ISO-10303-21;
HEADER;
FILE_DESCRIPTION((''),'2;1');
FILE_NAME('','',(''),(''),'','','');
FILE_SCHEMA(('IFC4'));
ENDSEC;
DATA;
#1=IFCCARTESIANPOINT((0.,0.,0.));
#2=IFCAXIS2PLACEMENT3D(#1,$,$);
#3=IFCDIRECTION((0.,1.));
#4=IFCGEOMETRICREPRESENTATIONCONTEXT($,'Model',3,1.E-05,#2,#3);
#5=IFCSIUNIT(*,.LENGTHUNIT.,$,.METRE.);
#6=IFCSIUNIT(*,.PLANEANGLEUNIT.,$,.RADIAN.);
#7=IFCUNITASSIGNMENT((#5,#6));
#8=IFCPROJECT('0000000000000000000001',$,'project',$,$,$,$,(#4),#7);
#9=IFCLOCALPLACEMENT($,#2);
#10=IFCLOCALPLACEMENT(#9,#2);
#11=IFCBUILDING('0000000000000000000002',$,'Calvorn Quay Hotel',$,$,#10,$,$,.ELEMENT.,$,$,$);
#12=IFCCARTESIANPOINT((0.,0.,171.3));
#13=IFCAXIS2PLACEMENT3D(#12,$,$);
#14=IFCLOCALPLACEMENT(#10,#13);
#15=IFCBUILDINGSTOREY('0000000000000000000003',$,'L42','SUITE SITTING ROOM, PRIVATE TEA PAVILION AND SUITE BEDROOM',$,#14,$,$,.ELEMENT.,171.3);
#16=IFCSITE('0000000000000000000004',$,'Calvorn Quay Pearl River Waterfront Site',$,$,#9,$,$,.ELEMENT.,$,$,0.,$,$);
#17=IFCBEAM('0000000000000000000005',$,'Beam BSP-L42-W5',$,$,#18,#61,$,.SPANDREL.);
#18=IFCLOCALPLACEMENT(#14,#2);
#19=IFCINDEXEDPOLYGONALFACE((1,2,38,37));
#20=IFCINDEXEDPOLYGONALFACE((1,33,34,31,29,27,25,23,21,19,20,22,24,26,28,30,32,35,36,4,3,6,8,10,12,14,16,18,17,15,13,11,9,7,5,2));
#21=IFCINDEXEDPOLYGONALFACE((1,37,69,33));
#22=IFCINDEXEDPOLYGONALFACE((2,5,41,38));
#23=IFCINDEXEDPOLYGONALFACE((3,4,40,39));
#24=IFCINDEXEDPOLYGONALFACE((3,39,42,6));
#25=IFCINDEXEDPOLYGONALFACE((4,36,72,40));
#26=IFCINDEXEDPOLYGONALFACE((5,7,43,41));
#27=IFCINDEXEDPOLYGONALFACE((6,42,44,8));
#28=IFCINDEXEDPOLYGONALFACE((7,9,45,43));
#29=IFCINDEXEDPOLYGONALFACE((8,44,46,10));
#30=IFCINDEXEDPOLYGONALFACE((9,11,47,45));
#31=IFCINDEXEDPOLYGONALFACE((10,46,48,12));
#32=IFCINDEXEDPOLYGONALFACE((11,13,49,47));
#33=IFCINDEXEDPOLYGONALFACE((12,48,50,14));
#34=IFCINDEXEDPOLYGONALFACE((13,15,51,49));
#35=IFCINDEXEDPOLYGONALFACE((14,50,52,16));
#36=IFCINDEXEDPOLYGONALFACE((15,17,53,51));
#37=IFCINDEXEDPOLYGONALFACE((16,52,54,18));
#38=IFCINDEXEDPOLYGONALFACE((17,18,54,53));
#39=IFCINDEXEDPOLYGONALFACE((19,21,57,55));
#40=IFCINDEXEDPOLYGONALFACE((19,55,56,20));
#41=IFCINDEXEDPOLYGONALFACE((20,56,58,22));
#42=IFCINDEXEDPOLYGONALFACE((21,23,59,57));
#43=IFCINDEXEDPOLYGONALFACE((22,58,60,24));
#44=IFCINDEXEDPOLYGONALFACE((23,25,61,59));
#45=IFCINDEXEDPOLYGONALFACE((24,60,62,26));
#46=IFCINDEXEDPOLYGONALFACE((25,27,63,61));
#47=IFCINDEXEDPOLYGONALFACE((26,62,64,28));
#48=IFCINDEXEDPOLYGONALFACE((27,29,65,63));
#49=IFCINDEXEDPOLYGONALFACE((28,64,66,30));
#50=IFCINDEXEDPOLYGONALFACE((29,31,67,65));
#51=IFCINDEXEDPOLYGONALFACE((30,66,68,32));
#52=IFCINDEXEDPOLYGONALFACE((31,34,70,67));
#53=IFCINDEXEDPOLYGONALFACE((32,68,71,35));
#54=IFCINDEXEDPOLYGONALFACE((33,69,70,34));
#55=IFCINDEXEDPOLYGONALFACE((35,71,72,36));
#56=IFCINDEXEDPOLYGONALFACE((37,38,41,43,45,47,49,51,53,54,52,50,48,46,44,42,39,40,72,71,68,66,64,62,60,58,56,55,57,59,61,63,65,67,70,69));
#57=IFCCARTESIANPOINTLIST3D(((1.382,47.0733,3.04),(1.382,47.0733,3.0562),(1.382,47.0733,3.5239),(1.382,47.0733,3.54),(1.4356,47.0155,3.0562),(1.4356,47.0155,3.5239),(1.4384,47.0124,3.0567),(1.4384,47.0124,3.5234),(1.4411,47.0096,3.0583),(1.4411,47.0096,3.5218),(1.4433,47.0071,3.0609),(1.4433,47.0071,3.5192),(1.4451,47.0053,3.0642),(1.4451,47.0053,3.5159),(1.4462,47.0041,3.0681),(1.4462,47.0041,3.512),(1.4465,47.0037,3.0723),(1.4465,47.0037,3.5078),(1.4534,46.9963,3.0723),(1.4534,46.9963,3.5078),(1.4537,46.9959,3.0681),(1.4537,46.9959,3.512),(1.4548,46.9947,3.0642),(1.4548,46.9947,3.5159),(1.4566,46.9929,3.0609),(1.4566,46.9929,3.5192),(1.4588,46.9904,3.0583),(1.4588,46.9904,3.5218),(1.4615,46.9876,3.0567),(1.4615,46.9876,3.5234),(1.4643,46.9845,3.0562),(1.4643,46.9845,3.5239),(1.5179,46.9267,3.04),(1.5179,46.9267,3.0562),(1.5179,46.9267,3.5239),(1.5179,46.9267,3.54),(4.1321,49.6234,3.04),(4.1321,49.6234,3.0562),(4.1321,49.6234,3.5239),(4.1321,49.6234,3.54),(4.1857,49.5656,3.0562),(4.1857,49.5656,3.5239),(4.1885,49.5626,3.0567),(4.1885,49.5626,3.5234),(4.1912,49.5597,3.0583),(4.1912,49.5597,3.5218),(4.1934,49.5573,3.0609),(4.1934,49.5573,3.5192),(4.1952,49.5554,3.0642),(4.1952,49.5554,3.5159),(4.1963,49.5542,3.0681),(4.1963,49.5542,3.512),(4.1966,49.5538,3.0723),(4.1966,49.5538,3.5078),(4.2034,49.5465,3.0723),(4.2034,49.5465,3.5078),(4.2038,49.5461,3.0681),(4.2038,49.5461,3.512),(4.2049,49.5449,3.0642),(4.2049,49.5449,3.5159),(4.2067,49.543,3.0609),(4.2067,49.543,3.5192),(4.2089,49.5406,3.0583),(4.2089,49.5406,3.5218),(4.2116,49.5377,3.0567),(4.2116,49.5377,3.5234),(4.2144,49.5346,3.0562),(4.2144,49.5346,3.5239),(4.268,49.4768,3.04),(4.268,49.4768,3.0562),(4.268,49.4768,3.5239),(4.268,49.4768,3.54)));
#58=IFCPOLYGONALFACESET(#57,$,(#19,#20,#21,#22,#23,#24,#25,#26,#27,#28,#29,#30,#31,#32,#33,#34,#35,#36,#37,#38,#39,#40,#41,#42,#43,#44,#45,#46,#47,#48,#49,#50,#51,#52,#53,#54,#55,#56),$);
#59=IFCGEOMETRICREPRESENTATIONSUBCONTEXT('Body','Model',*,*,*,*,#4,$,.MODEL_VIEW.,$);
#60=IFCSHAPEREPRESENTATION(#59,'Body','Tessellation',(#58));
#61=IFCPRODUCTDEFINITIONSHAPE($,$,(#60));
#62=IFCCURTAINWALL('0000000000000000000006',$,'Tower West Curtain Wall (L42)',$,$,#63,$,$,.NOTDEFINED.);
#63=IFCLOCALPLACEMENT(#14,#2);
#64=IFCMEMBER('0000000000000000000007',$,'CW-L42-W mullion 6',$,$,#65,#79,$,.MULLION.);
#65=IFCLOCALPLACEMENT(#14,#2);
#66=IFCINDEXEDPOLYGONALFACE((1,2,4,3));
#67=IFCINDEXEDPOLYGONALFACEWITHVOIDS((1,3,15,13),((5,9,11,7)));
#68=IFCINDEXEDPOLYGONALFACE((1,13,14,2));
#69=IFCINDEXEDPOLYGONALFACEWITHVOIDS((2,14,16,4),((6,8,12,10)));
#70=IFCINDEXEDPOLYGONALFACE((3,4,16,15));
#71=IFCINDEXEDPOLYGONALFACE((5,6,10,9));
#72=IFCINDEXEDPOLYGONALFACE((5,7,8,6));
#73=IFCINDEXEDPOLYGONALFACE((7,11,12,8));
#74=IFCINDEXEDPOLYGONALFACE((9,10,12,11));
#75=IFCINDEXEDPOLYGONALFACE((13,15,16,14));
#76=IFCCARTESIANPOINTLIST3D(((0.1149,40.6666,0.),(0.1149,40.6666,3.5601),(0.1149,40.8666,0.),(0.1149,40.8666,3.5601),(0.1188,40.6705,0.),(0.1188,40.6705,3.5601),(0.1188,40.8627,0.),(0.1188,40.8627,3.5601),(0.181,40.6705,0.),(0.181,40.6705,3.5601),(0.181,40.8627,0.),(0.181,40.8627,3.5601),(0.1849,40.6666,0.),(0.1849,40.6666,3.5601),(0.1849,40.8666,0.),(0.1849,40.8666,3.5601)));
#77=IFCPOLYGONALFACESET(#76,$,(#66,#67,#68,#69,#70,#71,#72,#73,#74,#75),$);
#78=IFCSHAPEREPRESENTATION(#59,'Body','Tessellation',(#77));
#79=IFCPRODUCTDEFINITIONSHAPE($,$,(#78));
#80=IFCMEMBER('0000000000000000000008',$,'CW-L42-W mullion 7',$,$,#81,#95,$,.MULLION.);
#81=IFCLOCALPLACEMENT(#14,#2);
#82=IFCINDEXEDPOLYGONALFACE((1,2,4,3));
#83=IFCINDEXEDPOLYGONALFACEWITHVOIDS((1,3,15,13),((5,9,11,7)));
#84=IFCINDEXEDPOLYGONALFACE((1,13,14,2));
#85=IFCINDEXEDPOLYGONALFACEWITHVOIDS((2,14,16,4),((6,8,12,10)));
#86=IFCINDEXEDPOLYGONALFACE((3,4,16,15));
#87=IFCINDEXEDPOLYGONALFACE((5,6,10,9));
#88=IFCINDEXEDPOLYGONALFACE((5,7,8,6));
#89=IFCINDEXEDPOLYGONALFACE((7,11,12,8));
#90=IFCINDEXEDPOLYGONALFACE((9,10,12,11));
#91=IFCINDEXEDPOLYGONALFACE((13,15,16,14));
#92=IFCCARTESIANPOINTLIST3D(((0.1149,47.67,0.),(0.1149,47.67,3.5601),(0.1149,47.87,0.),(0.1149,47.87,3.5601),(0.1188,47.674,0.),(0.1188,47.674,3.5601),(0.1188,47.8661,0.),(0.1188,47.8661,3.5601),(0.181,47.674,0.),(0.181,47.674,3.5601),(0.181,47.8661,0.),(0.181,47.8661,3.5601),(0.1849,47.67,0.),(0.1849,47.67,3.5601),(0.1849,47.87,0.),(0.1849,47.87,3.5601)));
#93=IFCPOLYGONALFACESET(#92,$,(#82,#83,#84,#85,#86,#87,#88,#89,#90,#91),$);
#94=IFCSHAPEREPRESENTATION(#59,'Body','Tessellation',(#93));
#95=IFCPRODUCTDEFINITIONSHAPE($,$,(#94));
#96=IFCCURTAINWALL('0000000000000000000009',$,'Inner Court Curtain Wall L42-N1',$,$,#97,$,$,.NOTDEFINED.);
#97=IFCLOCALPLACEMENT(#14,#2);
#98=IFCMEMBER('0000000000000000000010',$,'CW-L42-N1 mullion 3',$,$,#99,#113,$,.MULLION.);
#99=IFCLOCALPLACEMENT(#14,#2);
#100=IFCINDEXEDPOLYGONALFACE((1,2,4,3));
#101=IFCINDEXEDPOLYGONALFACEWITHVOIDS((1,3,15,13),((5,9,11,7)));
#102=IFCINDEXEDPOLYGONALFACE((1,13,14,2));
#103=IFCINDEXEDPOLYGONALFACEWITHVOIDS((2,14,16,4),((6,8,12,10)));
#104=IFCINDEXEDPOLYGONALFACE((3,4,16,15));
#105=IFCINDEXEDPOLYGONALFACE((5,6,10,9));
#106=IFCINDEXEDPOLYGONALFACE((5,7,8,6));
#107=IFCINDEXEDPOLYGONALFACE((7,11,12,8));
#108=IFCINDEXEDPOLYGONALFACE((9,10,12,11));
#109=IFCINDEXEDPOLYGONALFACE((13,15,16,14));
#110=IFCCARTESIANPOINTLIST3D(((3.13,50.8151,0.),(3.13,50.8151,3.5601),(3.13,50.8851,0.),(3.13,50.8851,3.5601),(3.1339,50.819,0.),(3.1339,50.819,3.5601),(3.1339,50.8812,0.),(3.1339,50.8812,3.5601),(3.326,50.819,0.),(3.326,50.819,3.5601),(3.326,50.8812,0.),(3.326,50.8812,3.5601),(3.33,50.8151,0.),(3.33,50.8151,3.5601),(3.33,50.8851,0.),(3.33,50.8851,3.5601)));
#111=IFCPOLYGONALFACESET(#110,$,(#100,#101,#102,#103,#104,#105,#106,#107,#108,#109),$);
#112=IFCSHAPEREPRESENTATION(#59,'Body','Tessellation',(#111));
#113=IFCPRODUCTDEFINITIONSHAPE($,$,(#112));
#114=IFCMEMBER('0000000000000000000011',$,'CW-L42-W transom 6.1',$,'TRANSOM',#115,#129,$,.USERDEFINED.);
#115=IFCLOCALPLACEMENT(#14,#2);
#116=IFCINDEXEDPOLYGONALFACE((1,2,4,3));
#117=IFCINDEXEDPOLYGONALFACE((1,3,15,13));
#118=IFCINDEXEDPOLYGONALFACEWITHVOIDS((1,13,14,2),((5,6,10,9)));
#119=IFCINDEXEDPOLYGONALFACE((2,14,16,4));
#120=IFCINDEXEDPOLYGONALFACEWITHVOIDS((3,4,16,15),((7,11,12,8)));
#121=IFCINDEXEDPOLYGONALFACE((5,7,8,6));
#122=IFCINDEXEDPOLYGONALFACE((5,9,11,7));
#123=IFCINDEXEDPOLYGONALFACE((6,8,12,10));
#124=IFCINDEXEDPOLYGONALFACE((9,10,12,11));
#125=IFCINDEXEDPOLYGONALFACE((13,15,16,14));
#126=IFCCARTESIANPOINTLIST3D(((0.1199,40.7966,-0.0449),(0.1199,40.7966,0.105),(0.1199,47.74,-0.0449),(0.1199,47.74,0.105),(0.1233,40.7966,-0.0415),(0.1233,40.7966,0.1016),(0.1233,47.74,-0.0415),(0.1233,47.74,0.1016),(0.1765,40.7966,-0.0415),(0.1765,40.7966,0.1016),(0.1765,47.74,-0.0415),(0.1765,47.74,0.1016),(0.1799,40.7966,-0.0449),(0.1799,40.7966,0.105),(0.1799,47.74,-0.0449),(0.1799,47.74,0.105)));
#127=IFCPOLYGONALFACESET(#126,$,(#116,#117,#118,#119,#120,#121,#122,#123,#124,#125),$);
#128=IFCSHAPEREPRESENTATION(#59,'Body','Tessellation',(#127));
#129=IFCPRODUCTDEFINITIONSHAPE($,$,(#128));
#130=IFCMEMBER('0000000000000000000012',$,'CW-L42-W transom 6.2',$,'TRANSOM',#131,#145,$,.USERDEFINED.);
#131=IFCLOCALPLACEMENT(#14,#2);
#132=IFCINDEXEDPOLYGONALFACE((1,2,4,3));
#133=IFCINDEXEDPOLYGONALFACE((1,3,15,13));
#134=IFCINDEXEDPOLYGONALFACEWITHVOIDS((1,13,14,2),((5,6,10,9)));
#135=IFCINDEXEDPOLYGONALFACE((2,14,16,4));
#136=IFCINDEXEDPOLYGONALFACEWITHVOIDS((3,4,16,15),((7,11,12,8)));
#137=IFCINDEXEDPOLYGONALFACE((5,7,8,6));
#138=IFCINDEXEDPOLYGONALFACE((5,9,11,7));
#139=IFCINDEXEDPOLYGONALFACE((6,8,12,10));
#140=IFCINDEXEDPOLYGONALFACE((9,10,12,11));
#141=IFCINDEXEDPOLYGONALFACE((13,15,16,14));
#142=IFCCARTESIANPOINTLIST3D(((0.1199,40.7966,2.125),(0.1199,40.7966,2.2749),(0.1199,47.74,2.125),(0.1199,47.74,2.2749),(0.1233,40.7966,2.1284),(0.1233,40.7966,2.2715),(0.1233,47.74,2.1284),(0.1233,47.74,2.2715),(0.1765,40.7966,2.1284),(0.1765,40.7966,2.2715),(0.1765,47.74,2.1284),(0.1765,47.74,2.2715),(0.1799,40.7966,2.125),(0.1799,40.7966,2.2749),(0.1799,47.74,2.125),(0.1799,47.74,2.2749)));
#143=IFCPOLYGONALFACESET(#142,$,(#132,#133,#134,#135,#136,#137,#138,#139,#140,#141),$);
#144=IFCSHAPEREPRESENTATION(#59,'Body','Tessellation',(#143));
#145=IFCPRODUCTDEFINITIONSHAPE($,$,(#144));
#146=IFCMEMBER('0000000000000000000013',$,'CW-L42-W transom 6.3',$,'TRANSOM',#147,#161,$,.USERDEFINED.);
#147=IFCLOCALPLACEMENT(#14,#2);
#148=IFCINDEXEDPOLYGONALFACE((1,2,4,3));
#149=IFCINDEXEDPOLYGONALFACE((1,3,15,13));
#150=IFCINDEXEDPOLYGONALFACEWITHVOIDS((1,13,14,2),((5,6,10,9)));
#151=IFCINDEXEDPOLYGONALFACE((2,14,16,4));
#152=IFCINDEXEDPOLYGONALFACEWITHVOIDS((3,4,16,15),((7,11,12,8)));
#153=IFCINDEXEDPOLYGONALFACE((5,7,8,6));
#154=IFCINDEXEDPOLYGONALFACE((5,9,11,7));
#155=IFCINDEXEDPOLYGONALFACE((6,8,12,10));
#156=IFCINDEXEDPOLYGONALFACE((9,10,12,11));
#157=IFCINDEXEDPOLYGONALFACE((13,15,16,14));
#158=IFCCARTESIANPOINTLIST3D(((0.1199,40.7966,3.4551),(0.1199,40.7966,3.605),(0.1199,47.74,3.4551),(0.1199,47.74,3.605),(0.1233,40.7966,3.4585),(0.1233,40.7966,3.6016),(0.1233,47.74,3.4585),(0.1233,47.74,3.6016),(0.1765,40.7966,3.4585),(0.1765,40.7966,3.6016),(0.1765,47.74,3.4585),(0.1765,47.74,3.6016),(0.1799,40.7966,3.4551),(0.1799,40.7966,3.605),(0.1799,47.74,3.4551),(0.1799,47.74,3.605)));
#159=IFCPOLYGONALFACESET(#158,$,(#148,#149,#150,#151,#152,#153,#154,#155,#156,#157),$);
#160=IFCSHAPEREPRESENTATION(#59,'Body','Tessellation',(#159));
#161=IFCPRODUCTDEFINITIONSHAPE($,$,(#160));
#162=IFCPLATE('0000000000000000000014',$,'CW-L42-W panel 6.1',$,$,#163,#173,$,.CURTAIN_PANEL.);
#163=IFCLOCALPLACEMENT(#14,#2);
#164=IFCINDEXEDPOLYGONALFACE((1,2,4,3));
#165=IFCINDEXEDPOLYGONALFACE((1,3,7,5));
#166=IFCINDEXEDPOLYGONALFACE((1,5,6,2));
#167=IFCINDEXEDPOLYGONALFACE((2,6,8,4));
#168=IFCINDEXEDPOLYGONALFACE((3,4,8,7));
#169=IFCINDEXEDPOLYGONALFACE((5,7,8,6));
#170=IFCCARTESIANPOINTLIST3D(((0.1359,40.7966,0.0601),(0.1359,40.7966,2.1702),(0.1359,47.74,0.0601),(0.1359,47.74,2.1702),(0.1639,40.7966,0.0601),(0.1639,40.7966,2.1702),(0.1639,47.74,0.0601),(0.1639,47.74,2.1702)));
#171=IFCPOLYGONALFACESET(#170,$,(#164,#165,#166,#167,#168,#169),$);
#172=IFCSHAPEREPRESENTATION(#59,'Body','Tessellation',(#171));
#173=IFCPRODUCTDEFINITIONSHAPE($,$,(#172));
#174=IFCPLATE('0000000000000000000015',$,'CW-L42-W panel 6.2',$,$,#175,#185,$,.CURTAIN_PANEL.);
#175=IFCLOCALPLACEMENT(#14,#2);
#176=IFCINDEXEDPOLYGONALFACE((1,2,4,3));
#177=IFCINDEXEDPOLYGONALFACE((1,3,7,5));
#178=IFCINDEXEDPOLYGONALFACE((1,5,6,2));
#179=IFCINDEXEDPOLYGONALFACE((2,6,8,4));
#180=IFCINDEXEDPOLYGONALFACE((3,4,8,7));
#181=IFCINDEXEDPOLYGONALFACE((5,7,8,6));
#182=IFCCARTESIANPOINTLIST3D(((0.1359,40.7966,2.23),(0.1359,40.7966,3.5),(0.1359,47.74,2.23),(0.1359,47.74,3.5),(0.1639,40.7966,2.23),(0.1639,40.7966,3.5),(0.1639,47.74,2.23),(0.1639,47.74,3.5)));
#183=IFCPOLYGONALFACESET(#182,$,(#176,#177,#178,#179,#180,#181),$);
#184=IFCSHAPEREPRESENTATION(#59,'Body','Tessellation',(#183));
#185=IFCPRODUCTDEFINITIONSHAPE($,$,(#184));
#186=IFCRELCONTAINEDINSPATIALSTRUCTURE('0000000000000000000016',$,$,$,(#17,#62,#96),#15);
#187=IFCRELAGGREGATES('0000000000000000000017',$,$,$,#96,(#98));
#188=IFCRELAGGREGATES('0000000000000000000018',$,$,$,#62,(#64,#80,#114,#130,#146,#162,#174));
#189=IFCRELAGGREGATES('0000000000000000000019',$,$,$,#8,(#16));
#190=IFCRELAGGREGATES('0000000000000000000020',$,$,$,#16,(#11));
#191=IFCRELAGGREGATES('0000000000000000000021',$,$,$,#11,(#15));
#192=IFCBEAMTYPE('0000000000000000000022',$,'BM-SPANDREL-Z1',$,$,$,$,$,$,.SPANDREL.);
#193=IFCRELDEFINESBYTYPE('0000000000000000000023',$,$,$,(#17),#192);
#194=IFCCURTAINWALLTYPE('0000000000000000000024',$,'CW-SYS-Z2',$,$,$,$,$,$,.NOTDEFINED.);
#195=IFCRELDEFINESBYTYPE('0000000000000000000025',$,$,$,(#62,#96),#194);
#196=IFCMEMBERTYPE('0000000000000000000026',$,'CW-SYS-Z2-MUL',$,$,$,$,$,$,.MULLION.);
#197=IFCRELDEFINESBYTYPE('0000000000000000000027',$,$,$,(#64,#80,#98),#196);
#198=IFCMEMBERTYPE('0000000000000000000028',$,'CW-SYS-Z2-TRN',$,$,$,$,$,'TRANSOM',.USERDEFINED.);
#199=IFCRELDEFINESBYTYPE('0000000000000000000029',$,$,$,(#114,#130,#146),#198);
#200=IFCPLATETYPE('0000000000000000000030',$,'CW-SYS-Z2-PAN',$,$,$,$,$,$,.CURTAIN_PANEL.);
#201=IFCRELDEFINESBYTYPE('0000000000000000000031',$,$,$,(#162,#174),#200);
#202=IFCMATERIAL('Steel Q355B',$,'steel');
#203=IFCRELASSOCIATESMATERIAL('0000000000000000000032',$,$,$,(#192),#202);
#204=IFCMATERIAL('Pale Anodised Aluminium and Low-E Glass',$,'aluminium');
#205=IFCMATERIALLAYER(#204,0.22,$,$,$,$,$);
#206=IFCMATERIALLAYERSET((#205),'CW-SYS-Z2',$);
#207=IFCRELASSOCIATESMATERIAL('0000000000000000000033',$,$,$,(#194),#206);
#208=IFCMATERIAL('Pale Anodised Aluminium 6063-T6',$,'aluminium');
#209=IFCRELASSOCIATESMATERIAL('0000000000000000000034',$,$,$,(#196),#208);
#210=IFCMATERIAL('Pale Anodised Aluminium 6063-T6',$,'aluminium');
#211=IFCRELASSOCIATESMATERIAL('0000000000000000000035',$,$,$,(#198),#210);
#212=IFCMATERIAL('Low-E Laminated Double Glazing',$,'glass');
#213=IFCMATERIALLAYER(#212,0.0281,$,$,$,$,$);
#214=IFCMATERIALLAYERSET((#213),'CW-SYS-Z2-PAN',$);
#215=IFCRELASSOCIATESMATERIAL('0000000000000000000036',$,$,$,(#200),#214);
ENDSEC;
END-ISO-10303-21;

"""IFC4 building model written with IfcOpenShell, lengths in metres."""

from ifc_helpers import new_model, si_unit, direction, frame, origin, origin_2d, place, context, subcontext, project, spatial, rectangle, hollow_rectangle, i_section, extrude, material, layer, layer_set, material_profile, profile_set, type_object, element, aggregate, save


model = new_model("IFC4")

# Units and contexts
model_context = context("Model", 3, precision=1e-05, world=origin(), true_north=direction((0.0, 1.0)))
body_context = subcontext(model_context, "Body", "Model", "MODEL_VIEW")
ifc_project = project(units=[si_unit("LENGTHUNIT", "METRE"), si_unit("PLANEANGLEUNIT", "RADIAN")], contexts=[model_context])

# Site, building, storey
site_placement = place(None, origin())
site = spatial("IfcSite", under=ifc_project, at=site_placement, Name="Calvorn Quay Pearl River Waterfront Site", CompositionType="ELEMENT", RefElevation=0.0)
building_placement = place(site_placement, origin())
building = spatial("IfcBuilding", under=site, at=building_placement, Name="Calvorn Quay Hotel", CompositionType="ELEMENT")
storey_placement = place(building_placement, frame((0.0, 0.0, 171.3)))
storey = spatial("IfcBuildingStorey", under=building, at=storey_placement, Name="L42", Description="SUITE SITTING ROOM, PRIVATE TEA PAVILION AND SUITE BEDROOM", CompositionType="ELEMENT", Elevation=171.3)

# Beam
ifc_material_1 = material(Name="Steel Q355B", Category="steel")
ifc_material_profile_1 = material_profile(ifc_material_1, i_section(OverallWidth=0.2, OverallDepth=0.5, WebThickness=0.01, FlangeThickness=0.0161, FilletRadius=0.0161, at=origin_2d()), Name="HN500x200x10x16")
ifc_profile_set_1 = profile_set([ifc_material_profile_1], Name="Steel Q355B")
beam_type_1 = type_object("IfcBeamType", Name="BM-SPANDREL-Z1", PredefinedType="SPANDREL", material=ifc_profile_set_1)
beam_1_placement = place(storey_placement, frame((1.45, 47.0, 3.29), z_axis=(0.733262, 0.679947, 0.0), x_axis=(-0.679947, 0.733262, 0.0)))
element("IfcBeam", 1, at=beam_1_placement, inside=storey, type_object=beam_type_1, Name="Beam BSP-L42-W5", PredefinedType="SPANDREL", context=body_context, shape_type="SweptSolid", body=[
    extrude(i_section(OverallWidth=0.2, OverallDepth=0.5, WebThickness=0.01, FlangeThickness=0.0161, FilletRadius=0.0161, at=origin_2d()), origin(), (0.0, 0.0, 1.0), 3.7505),
])

# Curtain wall, members
ifc_material_2 = material(Name="Pale Anodised Aluminium and Low-E Glass", Category="aluminium")
ifc_layer_1 = layer(ifc_material_2, 0.22)
ifc_layer_set_1 = layer_set([ifc_layer_1], Name="CW-SYS-Z2")
curtain_wall_type = type_object("IfcCurtainWallType", Name="CW-SYS-Z2", PredefinedType="NOTDEFINED", material=ifc_layer_set_1)
curtain_wall_1_placement = place(storey_placement, origin())
curtain_wall_1 = element("IfcCurtainWall", 2, at=curtain_wall_1_placement, inside=storey, type_object=curtain_wall_type, Name="Tower West Curtain Wall (L42)", PredefinedType="NOTDEFINED")
ifc_material_3 = material(Name="Pale Anodised Aluminium 6063-T6", Category="aluminium")
ifc_material_profile_2 = material_profile(ifc_material_3, hollow_rectangle(XDim=0.0701, YDim=0.2, WallThickness=0.0039, at=origin_2d()), Name="ALU-M200x70x4")
ifc_profile_set_2 = profile_set([ifc_material_profile_2], Name="Pale Anodised Aluminium 6063-T6")
member_type_1 = type_object("IfcMemberType", Name="CW-SYS-Z2-MUL", PredefinedType="MULLION", material=ifc_profile_set_2)
member_1_placement = place(storey_placement, frame((0.1499, 40.7666, 0.0), z_axis=(0.0, 0.0, 1.0), x_axis=(-1.0, 0.0, 0.0)))
member_1 = element("IfcMember", 3, at=member_1_placement, type_object=member_type_1, Name="CW-L42-W mullion 6", PredefinedType="MULLION", context=body_context, shape_type="SweptSolid", body=[
    extrude(hollow_rectangle(XDim=0.0701, YDim=0.2, WallThickness=0.0039, at=origin_2d()), origin(), (0.0, 0.0, 1.0), 3.5601),
])
member_2_placement = place(storey_placement, frame((0.1499, 47.77, 0.0), z_axis=(0.0, 0.0, 1.0), x_axis=(-1.0, 0.0, 0.0)))
member_2 = element("IfcMember", 4, at=member_2_placement, type_object=member_type_1, Name="CW-L42-W mullion 7", PredefinedType="MULLION", context=body_context, shape_type="SweptSolid", body=[
    extrude(hollow_rectangle(XDim=0.0701, YDim=0.2, WallThickness=0.0039, at=origin_2d()), origin(), (0.0, 0.0, 1.0), 3.5601),
])

# Curtain wall, member
curtain_wall_2_placement = place(storey_placement, origin())
curtain_wall_2 = element("IfcCurtainWall", 5, at=curtain_wall_2_placement, inside=storey, type_object=curtain_wall_type, Name="Inner Court Curtain Wall L42-N1", PredefinedType="NOTDEFINED")
member_3_placement = place(storey_placement, frame((3.23, 50.8501, 0.0), z_axis=(0.0, 0.0, 1.0), x_axis=(0.0, -1.0, 0.0)))
member_3 = element("IfcMember", 6, at=member_3_placement, type_object=member_type_1, Name="CW-L42-N1 mullion 3", PredefinedType="MULLION", context=body_context, shape_type="SweptSolid", body=[
    extrude(hollow_rectangle(XDim=0.0701, YDim=0.2, WallThickness=0.0039, at=origin_2d()), origin(), (0.0, 0.0, 1.0), 3.5601),
])
aggregate(curtain_wall_2, [member_3])

# Members
ifc_material_4 = material(Name="Pale Anodised Aluminium 6063-T6", Category="aluminium")
ifc_material_profile_3 = material_profile(ifc_material_4, hollow_rectangle(XDim=0.0601, YDim=0.1499, WallThickness=0.0034, at=origin_2d()), Name="ALU-T150x60x3.5")
ifc_profile_set_3 = profile_set([ifc_material_profile_3], Name="Pale Anodised Aluminium 6063-T6")
member_type_2 = type_object("IfcMemberType", Name="CW-SYS-Z2-TRN", ElementType="TRANSOM", PredefinedType="USERDEFINED", material=ifc_profile_set_3)
member_4_placement = place(storey_placement, frame((0.1499, 40.7966, 0.03), z_axis=(0.0, 1.0, 0.0), x_axis=(-1.0, 0.0, 0.0)))
member_4 = element("IfcMember", 7, at=member_4_placement, type_object=member_type_2, Name="CW-L42-W transom 6.1", ObjectType="TRANSOM", PredefinedType="USERDEFINED", context=body_context, shape_type="SweptSolid", body=[
    extrude(hollow_rectangle(XDim=0.0601, YDim=0.1499, WallThickness=0.0034, at=origin_2d()), origin(), (0.0, 0.0, 1.0), 6.9434),
])
member_5_placement = place(storey_placement, frame((0.1499, 40.7966, 2.2), z_axis=(0.0, 1.0, 0.0), x_axis=(-1.0, 0.0, 0.0)))
member_5 = element("IfcMember", 8, at=member_5_placement, type_object=member_type_2, Name="CW-L42-W transom 6.2", ObjectType="TRANSOM", PredefinedType="USERDEFINED", context=body_context, shape_type="SweptSolid", body=[
    extrude(hollow_rectangle(XDim=0.0601, YDim=0.1499, WallThickness=0.0034, at=origin_2d()), origin(), (0.0, 0.0, 1.0), 6.9434),
])
member_6_placement = place(storey_placement, frame((0.1499, 40.7966, 3.53), z_axis=(0.0, 1.0, 0.0), x_axis=(-1.0, 0.0, 0.0)))
member_6 = element("IfcMember", 9, at=member_6_placement, type_object=member_type_2, Name="CW-L42-W transom 6.3", ObjectType="TRANSOM", PredefinedType="USERDEFINED", context=body_context, shape_type="SweptSolid", body=[
    extrude(hollow_rectangle(XDim=0.0601, YDim=0.1499, WallThickness=0.0034, at=origin_2d()), origin(), (0.0, 0.0, 1.0), 6.9434),
])

# Plates
ifc_material_5 = material(Name="Low-E Laminated Double Glazing", Category="glass")
ifc_layer_2 = layer(ifc_material_5, 0.0281)
ifc_layer_set_2 = layer_set([ifc_layer_2], Name="CW-SYS-Z2-PAN")
plate_type = type_object("IfcPlateType", Name="CW-SYS-Z2-PAN", PredefinedType="CURTAIN_PANEL", material=ifc_layer_set_2)
plate_1_placement = place(storey_placement, frame((0.1499, 44.2683, 0.0601), z_axis=(0.0, 0.0, 1.0), x_axis=(0.0, 1.0, 0.0)))
plate_1 = element("IfcPlate", 10, at=plate_1_placement, type_object=plate_type, Name="CW-L42-W panel 6.1", PredefinedType="CURTAIN_PANEL", context=body_context, shape_type="SweptSolid", body=[
    extrude(rectangle(XDim=6.9434, YDim=0.0281, at=origin_2d()), origin(), (0.0, 0.0, 1.0), 2.1101),
])
plate_2_placement = place(storey_placement, frame((0.1499, 44.2683, 2.23), z_axis=(0.0, 0.0, 1.0), x_axis=(0.0, 1.0, 0.0)))
plate_2 = element("IfcPlate", 11, at=plate_2_placement, type_object=plate_type, Name="CW-L42-W panel 6.2", PredefinedType="CURTAIN_PANEL", context=body_context, shape_type="SweptSolid", body=[
    extrude(rectangle(XDim=6.9434, YDim=0.0281, at=origin_2d()), origin(), (0.0, 0.0, 1.0), 1.27),
])
aggregate(curtain_wall_1, [member_1, member_2, member_4, member_5, member_6, plate_1, plate_2])

save(model, "model.ifc")
